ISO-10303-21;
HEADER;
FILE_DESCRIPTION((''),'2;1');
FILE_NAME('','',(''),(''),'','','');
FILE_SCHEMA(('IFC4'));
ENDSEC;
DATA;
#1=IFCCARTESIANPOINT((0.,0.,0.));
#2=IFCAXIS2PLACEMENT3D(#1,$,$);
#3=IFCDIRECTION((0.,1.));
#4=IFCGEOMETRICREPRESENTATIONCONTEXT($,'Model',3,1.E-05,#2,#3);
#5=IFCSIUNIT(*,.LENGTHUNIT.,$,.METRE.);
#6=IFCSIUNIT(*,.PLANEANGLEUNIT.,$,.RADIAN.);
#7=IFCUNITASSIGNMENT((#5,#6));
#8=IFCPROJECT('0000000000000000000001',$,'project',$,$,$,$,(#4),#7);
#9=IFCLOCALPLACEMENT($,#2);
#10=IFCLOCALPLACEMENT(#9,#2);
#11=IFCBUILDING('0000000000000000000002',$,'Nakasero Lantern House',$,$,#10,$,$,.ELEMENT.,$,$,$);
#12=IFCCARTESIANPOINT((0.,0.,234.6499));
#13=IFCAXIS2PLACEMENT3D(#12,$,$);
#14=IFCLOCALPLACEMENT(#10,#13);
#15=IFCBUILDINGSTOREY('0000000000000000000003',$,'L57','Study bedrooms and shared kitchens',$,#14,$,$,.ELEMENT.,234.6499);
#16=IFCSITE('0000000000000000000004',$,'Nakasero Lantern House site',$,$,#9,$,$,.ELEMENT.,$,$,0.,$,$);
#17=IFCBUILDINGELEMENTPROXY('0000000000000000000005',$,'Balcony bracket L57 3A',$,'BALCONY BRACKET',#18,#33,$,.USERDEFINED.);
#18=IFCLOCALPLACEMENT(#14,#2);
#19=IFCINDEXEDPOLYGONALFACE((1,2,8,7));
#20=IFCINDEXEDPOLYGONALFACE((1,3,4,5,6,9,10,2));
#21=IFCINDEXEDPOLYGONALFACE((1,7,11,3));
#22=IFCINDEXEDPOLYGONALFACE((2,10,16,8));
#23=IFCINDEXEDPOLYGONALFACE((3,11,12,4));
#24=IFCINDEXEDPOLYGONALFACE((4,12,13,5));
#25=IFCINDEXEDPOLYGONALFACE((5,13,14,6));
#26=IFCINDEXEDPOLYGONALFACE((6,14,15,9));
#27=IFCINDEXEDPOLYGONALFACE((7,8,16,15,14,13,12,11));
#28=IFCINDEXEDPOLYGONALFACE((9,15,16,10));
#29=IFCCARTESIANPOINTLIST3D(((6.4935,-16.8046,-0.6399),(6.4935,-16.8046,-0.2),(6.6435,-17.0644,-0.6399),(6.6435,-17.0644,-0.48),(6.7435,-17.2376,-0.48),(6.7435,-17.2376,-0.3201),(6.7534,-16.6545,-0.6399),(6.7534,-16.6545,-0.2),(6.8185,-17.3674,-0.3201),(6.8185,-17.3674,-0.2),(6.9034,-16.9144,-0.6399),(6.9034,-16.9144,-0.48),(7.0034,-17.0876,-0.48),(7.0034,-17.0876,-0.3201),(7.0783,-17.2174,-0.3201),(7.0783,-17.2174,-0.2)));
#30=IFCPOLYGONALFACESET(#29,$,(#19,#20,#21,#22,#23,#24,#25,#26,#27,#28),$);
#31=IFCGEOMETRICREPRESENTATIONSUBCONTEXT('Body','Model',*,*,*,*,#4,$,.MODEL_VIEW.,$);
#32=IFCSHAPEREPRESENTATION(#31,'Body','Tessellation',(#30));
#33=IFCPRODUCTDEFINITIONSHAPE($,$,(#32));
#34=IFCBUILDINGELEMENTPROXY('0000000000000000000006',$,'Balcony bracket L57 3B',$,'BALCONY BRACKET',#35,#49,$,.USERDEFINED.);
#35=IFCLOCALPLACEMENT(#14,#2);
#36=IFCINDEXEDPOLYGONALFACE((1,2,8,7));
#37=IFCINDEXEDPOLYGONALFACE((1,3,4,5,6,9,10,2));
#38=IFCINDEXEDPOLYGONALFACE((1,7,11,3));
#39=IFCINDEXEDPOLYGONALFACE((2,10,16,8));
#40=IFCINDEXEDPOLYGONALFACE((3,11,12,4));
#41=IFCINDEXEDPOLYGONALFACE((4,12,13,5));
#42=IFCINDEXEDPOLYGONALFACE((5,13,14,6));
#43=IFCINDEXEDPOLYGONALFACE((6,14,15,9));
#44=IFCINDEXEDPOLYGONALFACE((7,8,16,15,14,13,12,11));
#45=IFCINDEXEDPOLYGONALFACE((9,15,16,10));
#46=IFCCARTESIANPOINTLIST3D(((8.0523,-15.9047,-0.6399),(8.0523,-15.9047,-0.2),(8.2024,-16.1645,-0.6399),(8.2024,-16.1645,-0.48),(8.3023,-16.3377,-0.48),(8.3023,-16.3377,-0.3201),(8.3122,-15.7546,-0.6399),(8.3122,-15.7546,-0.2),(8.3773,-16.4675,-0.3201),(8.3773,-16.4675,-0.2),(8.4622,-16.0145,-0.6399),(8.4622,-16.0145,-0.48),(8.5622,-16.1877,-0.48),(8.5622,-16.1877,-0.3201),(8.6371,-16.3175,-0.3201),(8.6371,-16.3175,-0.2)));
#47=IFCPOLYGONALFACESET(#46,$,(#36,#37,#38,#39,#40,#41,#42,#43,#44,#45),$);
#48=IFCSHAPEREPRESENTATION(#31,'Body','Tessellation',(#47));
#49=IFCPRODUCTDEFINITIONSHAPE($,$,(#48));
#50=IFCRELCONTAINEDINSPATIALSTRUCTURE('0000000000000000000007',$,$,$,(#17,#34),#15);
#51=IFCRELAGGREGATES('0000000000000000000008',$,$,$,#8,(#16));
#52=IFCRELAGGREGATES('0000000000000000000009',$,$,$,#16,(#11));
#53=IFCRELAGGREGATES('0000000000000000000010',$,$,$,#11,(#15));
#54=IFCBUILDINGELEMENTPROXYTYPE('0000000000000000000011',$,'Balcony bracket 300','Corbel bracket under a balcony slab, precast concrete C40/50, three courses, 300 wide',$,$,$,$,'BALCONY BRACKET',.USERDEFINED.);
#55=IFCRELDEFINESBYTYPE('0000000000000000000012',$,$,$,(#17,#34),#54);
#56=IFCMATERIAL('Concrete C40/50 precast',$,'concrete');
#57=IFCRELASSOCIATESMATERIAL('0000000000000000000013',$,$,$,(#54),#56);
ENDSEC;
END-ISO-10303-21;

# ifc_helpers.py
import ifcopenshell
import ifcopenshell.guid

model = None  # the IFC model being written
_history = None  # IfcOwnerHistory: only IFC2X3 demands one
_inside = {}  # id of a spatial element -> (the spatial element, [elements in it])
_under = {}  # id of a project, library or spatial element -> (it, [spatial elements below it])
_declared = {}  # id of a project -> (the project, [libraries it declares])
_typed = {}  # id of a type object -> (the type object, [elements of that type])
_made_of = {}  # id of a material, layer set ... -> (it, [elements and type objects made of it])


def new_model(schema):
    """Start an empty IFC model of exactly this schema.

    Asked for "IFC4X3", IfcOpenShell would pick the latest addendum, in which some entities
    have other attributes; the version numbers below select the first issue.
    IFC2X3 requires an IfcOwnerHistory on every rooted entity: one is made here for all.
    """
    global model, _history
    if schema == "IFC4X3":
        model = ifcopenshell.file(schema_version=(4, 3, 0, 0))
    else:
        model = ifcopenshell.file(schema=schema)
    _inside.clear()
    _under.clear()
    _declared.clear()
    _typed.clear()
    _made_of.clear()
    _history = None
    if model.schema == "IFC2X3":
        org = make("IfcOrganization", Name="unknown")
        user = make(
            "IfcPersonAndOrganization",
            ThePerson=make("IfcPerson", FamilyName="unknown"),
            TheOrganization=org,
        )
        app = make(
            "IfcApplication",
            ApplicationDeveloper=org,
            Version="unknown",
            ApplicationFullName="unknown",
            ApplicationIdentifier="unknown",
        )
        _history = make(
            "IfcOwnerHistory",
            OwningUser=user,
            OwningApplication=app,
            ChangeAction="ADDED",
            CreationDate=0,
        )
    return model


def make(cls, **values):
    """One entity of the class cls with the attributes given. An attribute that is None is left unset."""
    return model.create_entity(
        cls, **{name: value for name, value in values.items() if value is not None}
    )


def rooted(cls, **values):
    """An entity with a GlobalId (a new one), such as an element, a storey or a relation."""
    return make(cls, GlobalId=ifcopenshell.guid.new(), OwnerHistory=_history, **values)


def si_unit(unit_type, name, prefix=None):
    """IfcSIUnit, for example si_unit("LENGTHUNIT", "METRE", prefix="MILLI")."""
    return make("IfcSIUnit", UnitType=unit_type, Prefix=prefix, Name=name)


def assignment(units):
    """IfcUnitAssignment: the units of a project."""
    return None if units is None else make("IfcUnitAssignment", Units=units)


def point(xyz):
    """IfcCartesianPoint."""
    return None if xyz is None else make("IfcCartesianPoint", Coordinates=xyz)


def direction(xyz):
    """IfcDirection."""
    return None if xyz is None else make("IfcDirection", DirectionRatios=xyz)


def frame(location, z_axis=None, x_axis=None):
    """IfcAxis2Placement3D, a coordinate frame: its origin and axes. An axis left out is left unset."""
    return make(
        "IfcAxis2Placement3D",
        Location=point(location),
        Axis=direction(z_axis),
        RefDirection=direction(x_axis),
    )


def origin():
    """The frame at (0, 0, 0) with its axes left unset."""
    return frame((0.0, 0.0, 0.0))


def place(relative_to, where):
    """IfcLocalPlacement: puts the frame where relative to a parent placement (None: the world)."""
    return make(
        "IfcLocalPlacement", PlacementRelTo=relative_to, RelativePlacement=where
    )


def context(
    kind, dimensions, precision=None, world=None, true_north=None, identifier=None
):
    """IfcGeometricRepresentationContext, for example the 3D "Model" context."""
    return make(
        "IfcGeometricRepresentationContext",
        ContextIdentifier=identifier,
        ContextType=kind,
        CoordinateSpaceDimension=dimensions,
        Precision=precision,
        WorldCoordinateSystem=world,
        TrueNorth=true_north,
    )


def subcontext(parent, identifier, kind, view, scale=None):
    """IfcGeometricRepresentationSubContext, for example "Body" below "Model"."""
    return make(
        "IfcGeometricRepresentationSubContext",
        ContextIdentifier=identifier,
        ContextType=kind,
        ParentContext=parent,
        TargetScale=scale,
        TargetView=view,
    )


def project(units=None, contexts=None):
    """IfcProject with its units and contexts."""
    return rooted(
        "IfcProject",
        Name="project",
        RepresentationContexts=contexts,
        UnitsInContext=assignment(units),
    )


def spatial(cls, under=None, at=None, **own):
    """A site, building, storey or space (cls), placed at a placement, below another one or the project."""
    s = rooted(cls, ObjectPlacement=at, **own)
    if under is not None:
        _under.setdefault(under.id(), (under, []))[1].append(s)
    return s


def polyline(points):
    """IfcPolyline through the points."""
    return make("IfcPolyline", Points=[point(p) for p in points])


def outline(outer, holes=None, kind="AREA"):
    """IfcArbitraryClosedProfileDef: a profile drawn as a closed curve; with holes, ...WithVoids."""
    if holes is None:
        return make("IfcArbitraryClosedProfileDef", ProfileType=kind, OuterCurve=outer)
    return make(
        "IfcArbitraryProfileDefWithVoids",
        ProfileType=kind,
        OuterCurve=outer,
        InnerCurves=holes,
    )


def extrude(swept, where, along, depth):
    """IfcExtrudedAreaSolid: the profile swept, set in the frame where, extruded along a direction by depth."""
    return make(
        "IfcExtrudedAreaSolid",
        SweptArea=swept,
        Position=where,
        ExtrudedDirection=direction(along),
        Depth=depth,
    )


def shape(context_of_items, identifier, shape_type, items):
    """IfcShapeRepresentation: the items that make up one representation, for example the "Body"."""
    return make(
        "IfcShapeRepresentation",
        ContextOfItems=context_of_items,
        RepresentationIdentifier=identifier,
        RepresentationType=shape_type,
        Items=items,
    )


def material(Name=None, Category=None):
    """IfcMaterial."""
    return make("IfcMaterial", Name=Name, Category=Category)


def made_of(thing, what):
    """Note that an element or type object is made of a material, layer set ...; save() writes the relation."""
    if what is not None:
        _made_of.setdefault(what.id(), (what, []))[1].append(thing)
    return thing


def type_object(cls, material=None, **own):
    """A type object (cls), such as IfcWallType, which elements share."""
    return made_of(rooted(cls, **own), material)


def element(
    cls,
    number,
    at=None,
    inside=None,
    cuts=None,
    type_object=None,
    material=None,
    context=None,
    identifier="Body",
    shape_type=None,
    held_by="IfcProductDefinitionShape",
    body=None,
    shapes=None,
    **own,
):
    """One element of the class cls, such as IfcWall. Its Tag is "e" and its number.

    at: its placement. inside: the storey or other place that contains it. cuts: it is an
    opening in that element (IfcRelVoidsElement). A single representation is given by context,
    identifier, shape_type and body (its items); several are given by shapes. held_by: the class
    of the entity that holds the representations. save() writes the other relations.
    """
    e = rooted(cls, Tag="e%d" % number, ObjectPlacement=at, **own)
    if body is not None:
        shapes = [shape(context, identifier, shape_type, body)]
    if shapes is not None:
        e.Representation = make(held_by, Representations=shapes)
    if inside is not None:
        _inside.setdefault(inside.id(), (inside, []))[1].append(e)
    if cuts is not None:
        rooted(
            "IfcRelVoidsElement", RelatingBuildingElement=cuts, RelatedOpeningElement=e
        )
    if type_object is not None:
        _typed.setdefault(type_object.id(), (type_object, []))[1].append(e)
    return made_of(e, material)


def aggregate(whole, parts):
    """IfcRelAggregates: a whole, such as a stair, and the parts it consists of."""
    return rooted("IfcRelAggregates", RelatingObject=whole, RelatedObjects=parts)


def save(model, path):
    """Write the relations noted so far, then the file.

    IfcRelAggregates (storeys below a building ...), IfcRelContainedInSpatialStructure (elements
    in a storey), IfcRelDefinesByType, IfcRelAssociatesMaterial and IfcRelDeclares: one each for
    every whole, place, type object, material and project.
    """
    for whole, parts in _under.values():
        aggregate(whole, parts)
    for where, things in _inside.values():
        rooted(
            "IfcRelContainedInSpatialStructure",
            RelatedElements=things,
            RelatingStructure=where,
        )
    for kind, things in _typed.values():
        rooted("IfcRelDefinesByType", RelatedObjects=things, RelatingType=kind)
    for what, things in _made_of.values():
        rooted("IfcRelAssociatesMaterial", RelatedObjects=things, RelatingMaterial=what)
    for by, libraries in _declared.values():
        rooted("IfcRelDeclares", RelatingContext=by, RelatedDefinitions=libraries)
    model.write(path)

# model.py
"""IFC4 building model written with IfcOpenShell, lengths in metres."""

from ifc_helpers import new_model, si_unit, direction, frame, origin, place, context, subcontext, project, spatial, polyline, outline, extrude, material, type_object, element, save


model = new_model("IFC4")

# Units and contexts
model_context = context("Model", 3, precision=1e-05, world=origin(), true_north=direction((0.0, 1.0)))
body_context = subcontext(model_context, "Body", "Model", "MODEL_VIEW")
ifc_project = project(units=[si_unit("LENGTHUNIT", "METRE"), si_unit("PLANEANGLEUNIT", "RADIAN")], contexts=[model_context])

# Site, building, storey
site_placement = place(None, origin())
site = spatial("IfcSite", under=ifc_project, at=site_placement, Name="Nakasero Lantern House site", CompositionType="ELEMENT", RefElevation=0.0)
building_placement = place(site_placement, origin())
building = spatial("IfcBuilding", under=site, at=building_placement, Name="Nakasero Lantern House", CompositionType="ELEMENT")
storey_placement = place(building_placement, frame((0.0, 0.0, 234.6499)))
storey = spatial("IfcBuildingStorey", under=building, at=storey_placement, Name="L57", Description="Study bedrooms and shared kitchens", CompositionType="ELEMENT", Elevation=234.6499)

# Building element proxies
ifc_material_1 = material(Name="Concrete C40/50 precast", Category="concrete")
building_element_proxy_type = type_object("IfcBuildingElementProxyType", Name="Balcony bracket 300", Description="Corbel bracket under a balcony slab, precast concrete C40/50, three courses, 300 wide", ElementType="BALCONY BRACKET", PredefinedType="USERDEFINED", material=ifc_material_1)
for number, where, z_axis, x_axis, name in (
    (1, (6.6235, -16.7295, -0.2), (0.0, 0.0, 1.0), (0.5, -0.866025, 0.0), "Balcony bracket L57 3A"),
    (2, (8.1824, -15.8296, -0.2), (0.0, 0.0, 1.0), (0.5, -0.866025, 0.0), "Balcony bracket L57 3B"),
):
    element("IfcBuildingElementProxy", number, at=place(storey_placement, frame(where, z_axis=z_axis, x_axis=x_axis)), inside=storey, type_object=building_element_proxy_type, Name=name, ObjectType="BALCONY BRACKET", PredefinedType="USERDEFINED", context=body_context, shape_type="SweptSolid", body=[
        extrude(outline(polyline([(0.0, 0.0), (0.6499, 0.0), (0.6499, -0.1201), (0.5, -0.1201), (0.5, -0.28), (0.3, -0.28), (0.3, -0.4399), (0.0, -0.4399), (0.0, 0.0)])), frame((0.0, 0.1499, 0.0), z_axis=(0.0, -1.0, 0.0), x_axis=(1.0, 0.0, 0.0)), (0.0, 0.0, 1.0), 0.3),
    ])

save(model, "model.ifc")
